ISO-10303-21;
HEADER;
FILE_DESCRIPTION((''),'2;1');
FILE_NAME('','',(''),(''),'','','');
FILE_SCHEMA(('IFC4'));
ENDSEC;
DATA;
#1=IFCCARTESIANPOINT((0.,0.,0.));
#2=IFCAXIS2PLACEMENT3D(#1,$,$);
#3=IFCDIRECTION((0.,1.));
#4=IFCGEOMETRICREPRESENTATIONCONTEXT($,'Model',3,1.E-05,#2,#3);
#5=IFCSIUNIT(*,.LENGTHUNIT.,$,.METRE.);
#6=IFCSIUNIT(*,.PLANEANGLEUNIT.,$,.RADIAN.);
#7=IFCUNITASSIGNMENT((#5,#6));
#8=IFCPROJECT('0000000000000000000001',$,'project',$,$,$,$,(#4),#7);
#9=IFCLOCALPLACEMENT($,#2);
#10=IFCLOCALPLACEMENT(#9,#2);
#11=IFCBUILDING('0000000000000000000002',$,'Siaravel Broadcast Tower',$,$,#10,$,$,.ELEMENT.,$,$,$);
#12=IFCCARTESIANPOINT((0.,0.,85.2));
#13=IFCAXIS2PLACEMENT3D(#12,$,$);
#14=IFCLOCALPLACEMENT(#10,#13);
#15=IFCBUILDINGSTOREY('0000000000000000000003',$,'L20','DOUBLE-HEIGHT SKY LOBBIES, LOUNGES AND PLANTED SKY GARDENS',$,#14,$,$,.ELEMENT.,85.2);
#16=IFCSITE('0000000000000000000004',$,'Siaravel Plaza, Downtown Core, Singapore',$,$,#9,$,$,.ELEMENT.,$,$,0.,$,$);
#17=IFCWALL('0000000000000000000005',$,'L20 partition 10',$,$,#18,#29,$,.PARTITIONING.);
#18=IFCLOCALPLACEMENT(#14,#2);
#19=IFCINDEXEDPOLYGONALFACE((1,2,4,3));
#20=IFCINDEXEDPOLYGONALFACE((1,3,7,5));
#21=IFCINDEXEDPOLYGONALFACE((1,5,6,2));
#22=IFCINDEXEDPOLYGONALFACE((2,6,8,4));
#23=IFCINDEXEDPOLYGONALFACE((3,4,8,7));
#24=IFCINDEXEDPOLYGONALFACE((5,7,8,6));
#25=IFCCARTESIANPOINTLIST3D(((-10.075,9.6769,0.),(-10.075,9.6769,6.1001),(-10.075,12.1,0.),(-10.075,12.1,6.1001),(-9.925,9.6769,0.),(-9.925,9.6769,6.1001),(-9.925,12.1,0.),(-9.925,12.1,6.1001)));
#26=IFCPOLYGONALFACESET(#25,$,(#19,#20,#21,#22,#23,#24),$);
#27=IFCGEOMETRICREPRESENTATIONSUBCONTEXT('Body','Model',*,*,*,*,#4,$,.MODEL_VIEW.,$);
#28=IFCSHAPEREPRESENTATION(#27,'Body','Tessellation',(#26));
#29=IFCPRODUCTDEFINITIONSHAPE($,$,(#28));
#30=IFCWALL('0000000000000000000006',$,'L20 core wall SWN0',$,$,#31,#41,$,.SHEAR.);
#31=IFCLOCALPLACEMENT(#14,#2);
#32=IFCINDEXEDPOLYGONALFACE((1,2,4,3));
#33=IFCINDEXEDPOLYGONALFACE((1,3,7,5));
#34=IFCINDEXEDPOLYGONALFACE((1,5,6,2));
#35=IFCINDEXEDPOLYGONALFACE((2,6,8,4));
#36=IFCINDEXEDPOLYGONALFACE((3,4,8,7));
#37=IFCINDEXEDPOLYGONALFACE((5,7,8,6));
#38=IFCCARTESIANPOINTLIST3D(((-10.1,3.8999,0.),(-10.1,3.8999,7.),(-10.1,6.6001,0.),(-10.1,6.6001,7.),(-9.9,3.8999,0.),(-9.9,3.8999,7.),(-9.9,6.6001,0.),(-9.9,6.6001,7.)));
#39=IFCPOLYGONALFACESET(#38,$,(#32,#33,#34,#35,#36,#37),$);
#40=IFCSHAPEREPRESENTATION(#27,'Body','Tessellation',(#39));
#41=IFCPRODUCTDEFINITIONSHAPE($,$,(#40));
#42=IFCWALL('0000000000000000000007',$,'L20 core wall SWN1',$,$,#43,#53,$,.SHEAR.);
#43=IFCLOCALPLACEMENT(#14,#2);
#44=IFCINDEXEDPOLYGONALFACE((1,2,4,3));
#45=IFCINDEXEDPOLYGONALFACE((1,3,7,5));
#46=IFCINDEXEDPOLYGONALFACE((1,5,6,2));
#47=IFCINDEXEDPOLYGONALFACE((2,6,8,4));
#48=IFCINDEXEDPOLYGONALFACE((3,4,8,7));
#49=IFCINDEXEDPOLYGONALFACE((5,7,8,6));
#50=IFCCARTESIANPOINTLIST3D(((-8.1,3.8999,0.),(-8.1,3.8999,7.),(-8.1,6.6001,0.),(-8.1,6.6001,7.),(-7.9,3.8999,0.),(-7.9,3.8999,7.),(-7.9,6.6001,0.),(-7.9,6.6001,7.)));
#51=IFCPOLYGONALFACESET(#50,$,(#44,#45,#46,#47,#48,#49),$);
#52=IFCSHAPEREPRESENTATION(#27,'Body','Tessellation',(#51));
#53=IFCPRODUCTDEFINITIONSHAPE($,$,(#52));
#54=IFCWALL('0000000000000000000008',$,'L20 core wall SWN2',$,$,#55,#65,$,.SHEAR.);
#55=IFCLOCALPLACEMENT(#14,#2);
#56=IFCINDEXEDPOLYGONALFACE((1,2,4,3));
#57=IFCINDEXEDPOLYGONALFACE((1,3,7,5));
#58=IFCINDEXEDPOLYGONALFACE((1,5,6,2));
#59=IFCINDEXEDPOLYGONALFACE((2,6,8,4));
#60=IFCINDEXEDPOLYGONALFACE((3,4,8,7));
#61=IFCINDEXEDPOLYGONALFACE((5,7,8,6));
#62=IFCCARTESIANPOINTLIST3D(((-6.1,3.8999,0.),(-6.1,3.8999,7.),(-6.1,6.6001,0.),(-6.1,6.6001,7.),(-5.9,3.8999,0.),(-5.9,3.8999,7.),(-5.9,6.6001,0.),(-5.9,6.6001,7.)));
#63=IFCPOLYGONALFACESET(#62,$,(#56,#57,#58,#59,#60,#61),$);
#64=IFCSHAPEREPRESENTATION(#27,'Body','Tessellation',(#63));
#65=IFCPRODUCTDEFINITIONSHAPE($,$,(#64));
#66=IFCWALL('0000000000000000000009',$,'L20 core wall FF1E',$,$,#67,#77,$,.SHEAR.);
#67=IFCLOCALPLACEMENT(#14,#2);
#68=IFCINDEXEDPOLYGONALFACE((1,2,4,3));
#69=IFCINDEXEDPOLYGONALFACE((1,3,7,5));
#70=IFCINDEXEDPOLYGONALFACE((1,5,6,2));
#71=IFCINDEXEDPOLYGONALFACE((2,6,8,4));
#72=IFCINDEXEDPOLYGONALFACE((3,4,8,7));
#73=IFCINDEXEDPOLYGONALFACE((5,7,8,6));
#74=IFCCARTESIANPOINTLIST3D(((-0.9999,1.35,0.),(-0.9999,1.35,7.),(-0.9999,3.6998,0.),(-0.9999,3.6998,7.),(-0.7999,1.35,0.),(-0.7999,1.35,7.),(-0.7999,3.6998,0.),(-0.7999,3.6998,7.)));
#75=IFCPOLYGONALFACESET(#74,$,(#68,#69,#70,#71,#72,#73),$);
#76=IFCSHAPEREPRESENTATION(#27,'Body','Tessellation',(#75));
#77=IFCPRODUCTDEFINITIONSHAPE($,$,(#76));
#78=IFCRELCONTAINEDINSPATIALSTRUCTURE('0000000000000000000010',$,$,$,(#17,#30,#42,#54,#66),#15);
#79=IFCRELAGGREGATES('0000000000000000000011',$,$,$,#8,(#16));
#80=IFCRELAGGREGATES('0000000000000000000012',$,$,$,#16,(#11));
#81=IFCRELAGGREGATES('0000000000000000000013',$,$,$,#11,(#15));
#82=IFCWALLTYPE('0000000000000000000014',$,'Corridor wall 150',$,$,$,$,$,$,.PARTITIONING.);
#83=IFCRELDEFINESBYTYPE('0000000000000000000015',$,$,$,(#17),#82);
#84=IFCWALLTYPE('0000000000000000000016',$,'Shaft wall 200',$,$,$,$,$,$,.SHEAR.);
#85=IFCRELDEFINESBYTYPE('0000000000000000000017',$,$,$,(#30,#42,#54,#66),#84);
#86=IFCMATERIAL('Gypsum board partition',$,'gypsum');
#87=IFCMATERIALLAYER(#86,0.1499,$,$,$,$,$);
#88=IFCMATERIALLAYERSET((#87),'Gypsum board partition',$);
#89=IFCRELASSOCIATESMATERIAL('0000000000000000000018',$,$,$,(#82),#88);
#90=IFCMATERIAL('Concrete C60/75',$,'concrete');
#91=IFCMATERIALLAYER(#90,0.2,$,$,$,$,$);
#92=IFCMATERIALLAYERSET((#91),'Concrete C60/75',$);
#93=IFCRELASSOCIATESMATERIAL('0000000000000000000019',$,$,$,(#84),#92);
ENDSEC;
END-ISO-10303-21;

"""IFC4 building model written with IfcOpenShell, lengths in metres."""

from ifc_helpers import new_model, si_unit, direction, frame, frame_2d, origin, place, context, subcontext, project, spatial, rectangle, extrude, material, layer, layer_set, type_object, element, save


model = new_model("IFC4")

# Units and contexts
model_context = context("Model", 3, precision=1e-05, world=origin(), true_north=direction((0.0, 1.0)))
body_context = subcontext(model_context, "Body", "Model", "MODEL_VIEW")
ifc_project = project(units=[si_unit("LENGTHUNIT", "METRE"), si_unit("PLANEANGLEUNIT", "RADIAN")], contexts=[model_context])

# Site, building, storey
site_placement = place(None, origin())
site = spatial("IfcSite", under=ifc_project, at=site_placement, Name="Siaravel Plaza, Downtown Core, Singapore", CompositionType="ELEMENT", RefElevation=0.0)
building_placement = place(site_placement, origin())
building = spatial("IfcBuilding", under=site, at=building_placement, Name="Siaravel Broadcast Tower", CompositionType="ELEMENT")
storey_placement = place(building_placement, frame((0.0, 0.0, 85.2)))
storey = spatial("IfcBuildingStorey", under=building, at=storey_placement, Name="L20", Description="DOUBLE-HEIGHT SKY LOBBIES, LOUNGES AND PLANTED SKY GARDENS", CompositionType="ELEMENT", Elevation=85.2)

# Shared definitions
ifc_material_1 = material(Name="Concrete C60/75", Category="concrete")

# Walls
ifc_material_2 = material(Name="Gypsum board partition", Category="gypsum")
ifc_layer_1 = layer(ifc_material_2, 0.1499)
ifc_layer_set_1 = layer_set([ifc_layer_1], Name="Gypsum board partition")
wall_type_1 = type_object("IfcWallType", Name="Corridor wall 150", PredefinedType="PARTITIONING", material=ifc_layer_set_1)
wall_1_placement = place(storey_placement, frame((-10.0, 9.677, 0.0), z_axis=(0.0, 0.0, 1.0), x_axis=(0.0, 1.0, 0.0)))
element("IfcWall", 1, at=wall_1_placement, inside=storey, type_object=wall_type_1, Name="L20 partition 10", PredefinedType="PARTITIONING", context=body_context, shape_type="SweptSolid", body=[
    extrude(rectangle(XDim=2.4231, YDim=0.1499, at=frame_2d((1.2114, 0.0))), origin(), (0.0, 0.0, 1.0), 6.1001),
])
ifc_layer_2 = layer(ifc_material_1, 0.2)
ifc_layer_set_2 = layer_set([ifc_layer_2], Name="Concrete C60/75")
wall_type_2 = type_object("IfcWallType", Name="Shaft wall 200", PredefinedType="SHEAR", material=ifc_layer_set_2)
for number, where, z_axis, x_axis, name in (
    (2, (-10.0, 3.8999, 0.0), (0.0, 0.0, 1.0), (0.0, 1.0, 0.0), "L20 core wall SWN0"),
    (3, (-8.0, 3.8999, 0.0), (0.0, 0.0, 1.0), (0.0, 1.0, 0.0), "L20 core wall SWN1"),
    (4, (-6.0, 3.8999, 0.0), (0.0, 0.0, 1.0), (0.0, 1.0, 0.0), "L20 core wall SWN2"),
):
    element("IfcWall", number, at=place(storey_placement, frame(where, z_axis=z_axis, x_axis=x_axis)), inside=storey, type_object=wall_type_2, Name=name, PredefinedType="SHEAR", context=body_context, shape_type="SweptSolid", body=[
        extrude(rectangle(XDim=2.7002, YDim=0.2, at=frame_2d((1.3501, 0.0))), origin(), (0.0, 0.0, 1.0), 7.0),
    ])
wall_2_placement = place(storey_placement, frame((-0.8999, 1.3501, 0.0), z_axis=(0.0, 0.0, 1.0), x_axis=(0.0, 1.0, 0.0)))
element("IfcWall", 5, at=wall_2_placement, inside=storey, type_object=wall_type_2, Name="L20 core wall FF1E", PredefinedType="SHEAR", context=body_context, shape_type="SweptSolid", body=[
    extrude(rectangle(XDim=2.3499, YDim=0.2, at=frame_2d((1.1748, 0.0))), origin(), (0.0, 0.0, 1.0), 7.0),
])

save(model, "model.ifc")
